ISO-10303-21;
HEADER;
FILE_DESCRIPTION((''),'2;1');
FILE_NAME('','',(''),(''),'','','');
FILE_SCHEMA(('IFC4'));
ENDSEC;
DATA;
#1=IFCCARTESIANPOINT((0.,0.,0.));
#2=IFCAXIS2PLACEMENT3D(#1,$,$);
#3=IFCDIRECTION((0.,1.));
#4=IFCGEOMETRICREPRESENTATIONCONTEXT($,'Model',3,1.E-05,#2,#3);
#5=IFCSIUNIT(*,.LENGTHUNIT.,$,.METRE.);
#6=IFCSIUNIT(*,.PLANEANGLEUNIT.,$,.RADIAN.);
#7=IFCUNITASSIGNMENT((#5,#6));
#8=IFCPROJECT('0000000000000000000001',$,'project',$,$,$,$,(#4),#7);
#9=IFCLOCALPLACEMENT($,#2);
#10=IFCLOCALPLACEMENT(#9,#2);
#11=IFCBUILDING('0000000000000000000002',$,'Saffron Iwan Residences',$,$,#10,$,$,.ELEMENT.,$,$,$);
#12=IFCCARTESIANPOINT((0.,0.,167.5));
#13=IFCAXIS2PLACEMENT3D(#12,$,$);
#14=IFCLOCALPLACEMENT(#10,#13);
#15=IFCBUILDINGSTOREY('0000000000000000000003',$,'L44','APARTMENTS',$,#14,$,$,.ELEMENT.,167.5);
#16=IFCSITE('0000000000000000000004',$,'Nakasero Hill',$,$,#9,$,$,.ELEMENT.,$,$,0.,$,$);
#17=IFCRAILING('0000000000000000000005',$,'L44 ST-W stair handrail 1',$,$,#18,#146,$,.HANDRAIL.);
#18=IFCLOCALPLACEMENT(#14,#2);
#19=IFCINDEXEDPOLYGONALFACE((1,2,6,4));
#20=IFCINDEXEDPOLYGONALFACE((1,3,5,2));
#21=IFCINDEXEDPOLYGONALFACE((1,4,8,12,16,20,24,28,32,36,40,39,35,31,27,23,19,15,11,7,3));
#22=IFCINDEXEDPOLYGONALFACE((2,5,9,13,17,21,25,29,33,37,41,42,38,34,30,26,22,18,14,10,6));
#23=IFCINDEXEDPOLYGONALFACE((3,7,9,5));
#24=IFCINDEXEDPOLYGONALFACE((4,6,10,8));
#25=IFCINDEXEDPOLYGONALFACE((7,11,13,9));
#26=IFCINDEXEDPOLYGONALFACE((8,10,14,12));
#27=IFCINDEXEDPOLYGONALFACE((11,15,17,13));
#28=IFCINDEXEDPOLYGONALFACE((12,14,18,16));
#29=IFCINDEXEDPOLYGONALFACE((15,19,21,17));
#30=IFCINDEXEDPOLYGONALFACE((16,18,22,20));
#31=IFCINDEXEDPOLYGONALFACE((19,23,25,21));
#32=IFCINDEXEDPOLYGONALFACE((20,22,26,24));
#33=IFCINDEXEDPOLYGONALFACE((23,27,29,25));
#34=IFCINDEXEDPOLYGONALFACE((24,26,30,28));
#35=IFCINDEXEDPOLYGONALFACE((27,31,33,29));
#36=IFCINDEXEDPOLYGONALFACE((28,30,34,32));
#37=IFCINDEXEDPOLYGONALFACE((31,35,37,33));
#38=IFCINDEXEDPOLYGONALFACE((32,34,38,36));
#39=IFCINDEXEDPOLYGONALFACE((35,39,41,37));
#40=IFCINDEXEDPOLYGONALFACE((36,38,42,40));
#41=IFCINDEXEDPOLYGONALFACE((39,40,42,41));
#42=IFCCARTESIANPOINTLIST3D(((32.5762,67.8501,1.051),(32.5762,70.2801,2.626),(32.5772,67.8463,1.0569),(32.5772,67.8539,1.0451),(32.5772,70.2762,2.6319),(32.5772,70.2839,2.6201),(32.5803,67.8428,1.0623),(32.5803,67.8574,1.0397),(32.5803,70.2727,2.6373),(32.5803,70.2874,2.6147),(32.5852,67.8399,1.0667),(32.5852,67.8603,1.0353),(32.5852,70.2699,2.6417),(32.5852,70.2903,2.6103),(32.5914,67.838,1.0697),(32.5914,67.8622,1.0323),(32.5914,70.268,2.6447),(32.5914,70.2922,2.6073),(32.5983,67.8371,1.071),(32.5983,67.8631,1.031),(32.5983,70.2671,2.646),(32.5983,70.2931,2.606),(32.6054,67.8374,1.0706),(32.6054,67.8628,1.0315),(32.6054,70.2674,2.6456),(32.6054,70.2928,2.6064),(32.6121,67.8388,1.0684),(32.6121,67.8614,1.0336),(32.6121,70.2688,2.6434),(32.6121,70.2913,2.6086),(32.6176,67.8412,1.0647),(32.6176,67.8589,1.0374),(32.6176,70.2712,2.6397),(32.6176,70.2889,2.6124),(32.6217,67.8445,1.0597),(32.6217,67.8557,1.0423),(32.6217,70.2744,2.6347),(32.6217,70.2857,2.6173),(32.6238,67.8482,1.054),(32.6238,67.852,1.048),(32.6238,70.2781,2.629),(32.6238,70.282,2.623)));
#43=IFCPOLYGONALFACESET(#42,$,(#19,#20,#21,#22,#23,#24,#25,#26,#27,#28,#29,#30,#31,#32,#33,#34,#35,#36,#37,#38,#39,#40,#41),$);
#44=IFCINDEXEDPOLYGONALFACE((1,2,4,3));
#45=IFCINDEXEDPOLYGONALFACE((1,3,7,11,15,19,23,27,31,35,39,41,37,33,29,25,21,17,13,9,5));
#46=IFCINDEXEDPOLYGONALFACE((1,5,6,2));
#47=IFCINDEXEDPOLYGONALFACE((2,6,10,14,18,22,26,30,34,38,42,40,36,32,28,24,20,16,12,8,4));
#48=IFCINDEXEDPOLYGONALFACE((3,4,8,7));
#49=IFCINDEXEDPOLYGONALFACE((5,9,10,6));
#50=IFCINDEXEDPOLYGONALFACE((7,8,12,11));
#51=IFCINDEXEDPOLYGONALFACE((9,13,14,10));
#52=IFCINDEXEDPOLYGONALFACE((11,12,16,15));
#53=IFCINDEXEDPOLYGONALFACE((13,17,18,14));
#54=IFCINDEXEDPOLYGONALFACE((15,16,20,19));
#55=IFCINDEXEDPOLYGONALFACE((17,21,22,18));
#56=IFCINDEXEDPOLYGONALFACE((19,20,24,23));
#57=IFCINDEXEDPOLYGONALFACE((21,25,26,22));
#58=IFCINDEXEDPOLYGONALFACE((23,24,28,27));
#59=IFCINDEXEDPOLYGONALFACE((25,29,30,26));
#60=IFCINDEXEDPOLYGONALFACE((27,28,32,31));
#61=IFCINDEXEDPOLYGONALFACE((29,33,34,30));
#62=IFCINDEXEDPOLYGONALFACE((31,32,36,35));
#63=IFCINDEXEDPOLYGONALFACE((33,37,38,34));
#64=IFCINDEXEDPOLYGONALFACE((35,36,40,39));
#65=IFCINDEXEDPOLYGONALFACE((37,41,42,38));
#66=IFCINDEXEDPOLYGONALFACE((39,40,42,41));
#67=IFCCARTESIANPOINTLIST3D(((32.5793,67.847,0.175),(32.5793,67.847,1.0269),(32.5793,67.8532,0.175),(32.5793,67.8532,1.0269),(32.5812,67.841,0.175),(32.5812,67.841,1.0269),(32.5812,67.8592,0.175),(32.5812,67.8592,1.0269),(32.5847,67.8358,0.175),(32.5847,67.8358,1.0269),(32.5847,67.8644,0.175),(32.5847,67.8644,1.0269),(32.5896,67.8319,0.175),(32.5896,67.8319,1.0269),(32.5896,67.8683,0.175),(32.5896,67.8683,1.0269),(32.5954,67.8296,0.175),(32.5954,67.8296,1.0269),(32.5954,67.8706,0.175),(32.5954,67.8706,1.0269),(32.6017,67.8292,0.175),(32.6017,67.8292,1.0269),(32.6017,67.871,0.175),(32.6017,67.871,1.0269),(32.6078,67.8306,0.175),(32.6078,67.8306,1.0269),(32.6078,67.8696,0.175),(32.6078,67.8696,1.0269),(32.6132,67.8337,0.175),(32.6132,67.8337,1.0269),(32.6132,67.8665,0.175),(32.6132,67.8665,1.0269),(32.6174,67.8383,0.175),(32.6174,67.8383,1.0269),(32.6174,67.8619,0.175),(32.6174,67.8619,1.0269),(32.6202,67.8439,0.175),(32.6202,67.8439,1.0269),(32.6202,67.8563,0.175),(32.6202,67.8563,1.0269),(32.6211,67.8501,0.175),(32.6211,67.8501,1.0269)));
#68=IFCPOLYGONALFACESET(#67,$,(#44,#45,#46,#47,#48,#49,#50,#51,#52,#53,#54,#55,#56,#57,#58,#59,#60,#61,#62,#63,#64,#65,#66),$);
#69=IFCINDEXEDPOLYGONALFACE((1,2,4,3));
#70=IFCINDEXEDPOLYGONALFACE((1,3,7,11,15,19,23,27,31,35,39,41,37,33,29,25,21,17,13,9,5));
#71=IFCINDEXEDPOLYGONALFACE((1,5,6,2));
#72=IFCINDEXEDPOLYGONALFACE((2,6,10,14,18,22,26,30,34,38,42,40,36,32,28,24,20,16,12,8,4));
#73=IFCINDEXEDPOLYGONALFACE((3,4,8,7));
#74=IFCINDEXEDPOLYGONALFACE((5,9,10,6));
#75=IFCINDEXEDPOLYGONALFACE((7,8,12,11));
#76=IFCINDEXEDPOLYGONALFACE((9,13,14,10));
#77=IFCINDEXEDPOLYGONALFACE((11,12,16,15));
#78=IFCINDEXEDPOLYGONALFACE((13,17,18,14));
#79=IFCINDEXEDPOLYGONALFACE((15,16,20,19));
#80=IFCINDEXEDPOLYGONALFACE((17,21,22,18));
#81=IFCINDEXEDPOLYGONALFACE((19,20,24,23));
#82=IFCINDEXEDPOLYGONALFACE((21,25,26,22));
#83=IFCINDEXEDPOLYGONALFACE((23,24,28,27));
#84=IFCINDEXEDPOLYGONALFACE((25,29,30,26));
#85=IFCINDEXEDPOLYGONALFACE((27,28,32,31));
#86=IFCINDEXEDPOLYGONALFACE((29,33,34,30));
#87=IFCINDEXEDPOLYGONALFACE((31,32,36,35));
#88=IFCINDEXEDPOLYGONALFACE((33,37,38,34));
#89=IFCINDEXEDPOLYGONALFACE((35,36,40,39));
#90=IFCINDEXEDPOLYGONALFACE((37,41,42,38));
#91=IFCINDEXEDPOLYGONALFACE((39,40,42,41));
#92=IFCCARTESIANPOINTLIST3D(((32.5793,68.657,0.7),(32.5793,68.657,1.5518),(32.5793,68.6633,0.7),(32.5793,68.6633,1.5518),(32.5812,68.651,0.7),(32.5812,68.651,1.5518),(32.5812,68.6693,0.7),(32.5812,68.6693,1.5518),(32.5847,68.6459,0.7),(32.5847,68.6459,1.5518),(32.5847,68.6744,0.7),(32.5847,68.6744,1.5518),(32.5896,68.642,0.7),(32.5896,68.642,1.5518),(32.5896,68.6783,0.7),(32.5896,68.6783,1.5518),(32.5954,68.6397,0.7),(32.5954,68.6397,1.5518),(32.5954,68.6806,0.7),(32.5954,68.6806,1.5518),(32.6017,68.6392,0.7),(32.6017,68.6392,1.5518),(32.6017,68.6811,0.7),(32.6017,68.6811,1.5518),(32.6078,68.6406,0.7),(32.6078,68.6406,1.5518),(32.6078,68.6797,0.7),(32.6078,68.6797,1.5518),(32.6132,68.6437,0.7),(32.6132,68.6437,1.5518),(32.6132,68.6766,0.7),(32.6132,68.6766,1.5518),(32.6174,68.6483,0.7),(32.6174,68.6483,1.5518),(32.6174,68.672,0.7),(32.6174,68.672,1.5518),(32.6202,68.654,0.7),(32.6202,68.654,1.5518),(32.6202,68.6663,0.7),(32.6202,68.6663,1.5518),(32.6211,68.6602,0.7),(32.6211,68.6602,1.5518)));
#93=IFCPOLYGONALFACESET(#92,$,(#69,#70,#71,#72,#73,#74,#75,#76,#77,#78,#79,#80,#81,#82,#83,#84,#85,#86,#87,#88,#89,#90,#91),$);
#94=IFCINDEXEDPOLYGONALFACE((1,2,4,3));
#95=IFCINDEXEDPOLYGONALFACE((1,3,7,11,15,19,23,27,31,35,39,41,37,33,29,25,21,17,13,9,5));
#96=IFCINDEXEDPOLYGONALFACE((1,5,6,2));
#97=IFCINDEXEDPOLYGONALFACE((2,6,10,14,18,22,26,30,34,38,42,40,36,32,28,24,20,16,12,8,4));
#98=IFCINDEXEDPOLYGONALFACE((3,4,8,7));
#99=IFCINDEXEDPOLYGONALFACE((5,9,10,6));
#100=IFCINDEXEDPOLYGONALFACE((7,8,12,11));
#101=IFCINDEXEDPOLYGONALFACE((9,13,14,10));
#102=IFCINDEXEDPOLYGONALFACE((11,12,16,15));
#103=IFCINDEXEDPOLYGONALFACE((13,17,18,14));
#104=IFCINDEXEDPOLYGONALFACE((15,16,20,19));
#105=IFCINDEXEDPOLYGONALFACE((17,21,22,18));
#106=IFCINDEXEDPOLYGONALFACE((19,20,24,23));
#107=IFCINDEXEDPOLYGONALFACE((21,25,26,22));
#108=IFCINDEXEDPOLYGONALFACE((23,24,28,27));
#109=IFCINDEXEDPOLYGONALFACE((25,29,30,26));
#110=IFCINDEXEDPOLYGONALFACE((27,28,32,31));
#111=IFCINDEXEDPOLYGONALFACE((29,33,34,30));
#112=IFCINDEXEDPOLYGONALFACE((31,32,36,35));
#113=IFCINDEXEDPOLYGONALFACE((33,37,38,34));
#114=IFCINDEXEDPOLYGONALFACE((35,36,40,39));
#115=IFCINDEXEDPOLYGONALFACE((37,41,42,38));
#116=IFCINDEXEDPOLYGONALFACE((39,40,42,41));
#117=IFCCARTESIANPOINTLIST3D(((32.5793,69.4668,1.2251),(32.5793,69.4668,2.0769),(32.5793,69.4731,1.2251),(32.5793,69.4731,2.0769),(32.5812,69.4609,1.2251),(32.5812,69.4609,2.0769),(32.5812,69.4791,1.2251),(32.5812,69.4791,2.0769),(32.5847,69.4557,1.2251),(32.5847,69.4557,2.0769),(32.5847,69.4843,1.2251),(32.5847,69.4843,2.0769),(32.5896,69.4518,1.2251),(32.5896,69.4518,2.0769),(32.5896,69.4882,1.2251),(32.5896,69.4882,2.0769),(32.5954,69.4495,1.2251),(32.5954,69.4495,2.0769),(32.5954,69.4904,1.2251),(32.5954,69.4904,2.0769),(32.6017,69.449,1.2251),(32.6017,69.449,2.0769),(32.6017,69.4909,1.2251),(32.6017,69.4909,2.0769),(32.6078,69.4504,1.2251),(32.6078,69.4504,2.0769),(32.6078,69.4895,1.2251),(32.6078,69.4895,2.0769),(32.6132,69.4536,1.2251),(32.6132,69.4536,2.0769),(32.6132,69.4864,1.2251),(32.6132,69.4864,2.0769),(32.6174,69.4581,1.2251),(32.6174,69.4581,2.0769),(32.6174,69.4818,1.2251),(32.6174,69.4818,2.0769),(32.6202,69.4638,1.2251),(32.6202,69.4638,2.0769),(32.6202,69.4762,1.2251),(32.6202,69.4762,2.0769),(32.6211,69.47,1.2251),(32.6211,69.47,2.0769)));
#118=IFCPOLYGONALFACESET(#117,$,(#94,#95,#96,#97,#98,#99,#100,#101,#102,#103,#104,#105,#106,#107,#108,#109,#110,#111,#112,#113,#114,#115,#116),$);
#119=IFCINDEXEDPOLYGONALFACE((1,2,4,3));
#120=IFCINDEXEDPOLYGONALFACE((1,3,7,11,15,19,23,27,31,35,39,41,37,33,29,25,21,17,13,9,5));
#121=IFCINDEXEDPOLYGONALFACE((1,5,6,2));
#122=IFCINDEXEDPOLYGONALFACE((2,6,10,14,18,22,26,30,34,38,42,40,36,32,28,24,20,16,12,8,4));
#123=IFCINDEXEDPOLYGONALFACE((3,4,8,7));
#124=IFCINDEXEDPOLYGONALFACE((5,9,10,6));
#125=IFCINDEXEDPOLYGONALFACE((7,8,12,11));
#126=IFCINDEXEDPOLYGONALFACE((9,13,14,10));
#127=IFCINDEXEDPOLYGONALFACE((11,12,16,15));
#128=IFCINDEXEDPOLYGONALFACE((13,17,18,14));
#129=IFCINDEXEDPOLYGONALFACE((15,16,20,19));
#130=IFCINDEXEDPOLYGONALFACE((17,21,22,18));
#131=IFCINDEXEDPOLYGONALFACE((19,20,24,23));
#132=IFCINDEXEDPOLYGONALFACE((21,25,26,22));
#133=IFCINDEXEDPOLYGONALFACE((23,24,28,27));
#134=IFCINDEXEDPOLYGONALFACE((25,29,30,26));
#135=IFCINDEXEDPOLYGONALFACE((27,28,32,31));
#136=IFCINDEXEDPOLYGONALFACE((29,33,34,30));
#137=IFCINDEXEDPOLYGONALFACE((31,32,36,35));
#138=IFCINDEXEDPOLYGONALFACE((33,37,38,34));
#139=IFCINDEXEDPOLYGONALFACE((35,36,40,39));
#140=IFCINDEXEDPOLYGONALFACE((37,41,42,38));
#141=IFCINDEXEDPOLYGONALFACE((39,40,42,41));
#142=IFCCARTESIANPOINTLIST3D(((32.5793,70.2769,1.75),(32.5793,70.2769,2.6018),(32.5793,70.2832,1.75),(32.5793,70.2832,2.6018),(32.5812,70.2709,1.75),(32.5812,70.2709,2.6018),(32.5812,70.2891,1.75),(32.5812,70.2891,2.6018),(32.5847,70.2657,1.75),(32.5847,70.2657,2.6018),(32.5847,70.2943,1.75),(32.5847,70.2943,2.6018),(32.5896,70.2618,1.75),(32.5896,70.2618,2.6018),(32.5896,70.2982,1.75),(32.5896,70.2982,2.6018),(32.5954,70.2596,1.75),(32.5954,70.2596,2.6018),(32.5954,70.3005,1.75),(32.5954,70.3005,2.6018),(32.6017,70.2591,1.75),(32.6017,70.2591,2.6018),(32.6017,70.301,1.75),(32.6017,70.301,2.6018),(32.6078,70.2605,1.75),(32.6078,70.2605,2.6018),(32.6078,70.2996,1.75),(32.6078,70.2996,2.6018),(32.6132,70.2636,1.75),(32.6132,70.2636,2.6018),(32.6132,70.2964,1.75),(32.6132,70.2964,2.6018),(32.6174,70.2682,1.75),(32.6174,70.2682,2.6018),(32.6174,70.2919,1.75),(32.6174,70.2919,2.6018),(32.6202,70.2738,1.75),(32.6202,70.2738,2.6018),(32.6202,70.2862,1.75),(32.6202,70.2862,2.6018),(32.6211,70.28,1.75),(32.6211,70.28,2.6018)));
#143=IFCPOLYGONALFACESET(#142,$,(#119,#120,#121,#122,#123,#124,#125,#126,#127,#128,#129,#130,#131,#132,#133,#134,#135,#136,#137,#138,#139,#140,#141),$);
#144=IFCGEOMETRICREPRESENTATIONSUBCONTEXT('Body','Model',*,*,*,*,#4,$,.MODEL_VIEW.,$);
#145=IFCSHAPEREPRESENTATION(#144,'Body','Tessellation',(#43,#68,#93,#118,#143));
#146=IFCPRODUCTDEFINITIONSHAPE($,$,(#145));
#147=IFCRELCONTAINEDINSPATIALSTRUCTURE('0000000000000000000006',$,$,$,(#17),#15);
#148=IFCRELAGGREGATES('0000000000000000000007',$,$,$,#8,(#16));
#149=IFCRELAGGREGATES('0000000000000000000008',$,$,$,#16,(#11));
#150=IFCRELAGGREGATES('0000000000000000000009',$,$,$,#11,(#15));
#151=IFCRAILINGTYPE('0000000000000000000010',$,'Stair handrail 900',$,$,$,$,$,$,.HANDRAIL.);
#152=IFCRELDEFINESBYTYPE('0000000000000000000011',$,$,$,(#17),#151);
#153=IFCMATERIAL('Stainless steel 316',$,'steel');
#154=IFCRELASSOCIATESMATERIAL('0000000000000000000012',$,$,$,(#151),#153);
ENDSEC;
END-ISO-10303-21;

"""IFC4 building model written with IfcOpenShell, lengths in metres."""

from ifc_helpers import new_model, si_unit, direction, frame, origin, origin_2d, place, context, subcontext, project, spatial, circle, extrude, material, type_object, element, save


model = new_model("IFC4")

# Units and contexts
model_context = context("Model", 3, precision=1e-05, world=origin(), true_north=direction((0.0, 1.0)))
body_context = subcontext(model_context, "Body", "Model", "MODEL_VIEW")
ifc_project = project(units=[si_unit("LENGTHUNIT", "METRE"), si_unit("PLANEANGLEUNIT", "RADIAN")], contexts=[model_context])

# Site, building, storey
site_placement = place(None, origin())
site = spatial("IfcSite", under=ifc_project, at=site_placement, Name="Nakasero Hill", CompositionType="ELEMENT", RefElevation=0.0)
building_placement = place(site_placement, origin())
building = spatial("IfcBuilding", under=site, at=building_placement, Name="Saffron Iwan Residences", CompositionType="ELEMENT")
storey_placement = place(building_placement, frame((0.0, 0.0, 167.5)))
storey = spatial("IfcBuildingStorey", under=building, at=storey_placement, Name="L44", Description="APARTMENTS", CompositionType="ELEMENT", Elevation=167.5)

# Railing
ifc_material_1 = material(Name="Stainless steel 316", Category="steel")
railing_type_1 = type_object("IfcRailingType", Name="Stair handrail 900", PredefinedType="HANDRAIL", material=ifc_material_1)
railing_1_placement = place(storey_placement, frame((32.6001, 67.8501, 0.175)))
element("IfcRailing", 1, at=railing_1_placement, inside=storey, type_object=railing_type_1, Name="L44 ST-W stair handrail 1", PredefinedType="HANDRAIL", context=body_context, shape_type="SweptSolid", body=[
    extrude(circle(Radius=0.0239, at=origin_2d()), frame((0.0, 0.0, 0.876), z_axis=(0.0, 0.839154, 0.543894), x_axis=(-1.0, 0.0, 0.0)), (0.0, 0.0, 1.0), 2.8958),
    extrude(circle(Radius=0.021, at=origin_2d()), origin(), (0.0, 0.0, 1.0), 0.8518),
    extrude(circle(Radius=0.021, at=origin_2d()), frame((0.0, 0.8101, 0.5249)), (0.0, 0.0, 1.0), 0.8518),
    extrude(circle(Radius=0.021, at=origin_2d()), frame((0.0, 1.6199, 1.05)), (0.0, 0.0, 1.0), 0.8518),
    extrude(circle(Radius=0.021, at=origin_2d()), frame((0.0, 2.4299, 1.575)), (0.0, 0.0, 1.0), 0.8518),
])

save(model, "model.ifc")
